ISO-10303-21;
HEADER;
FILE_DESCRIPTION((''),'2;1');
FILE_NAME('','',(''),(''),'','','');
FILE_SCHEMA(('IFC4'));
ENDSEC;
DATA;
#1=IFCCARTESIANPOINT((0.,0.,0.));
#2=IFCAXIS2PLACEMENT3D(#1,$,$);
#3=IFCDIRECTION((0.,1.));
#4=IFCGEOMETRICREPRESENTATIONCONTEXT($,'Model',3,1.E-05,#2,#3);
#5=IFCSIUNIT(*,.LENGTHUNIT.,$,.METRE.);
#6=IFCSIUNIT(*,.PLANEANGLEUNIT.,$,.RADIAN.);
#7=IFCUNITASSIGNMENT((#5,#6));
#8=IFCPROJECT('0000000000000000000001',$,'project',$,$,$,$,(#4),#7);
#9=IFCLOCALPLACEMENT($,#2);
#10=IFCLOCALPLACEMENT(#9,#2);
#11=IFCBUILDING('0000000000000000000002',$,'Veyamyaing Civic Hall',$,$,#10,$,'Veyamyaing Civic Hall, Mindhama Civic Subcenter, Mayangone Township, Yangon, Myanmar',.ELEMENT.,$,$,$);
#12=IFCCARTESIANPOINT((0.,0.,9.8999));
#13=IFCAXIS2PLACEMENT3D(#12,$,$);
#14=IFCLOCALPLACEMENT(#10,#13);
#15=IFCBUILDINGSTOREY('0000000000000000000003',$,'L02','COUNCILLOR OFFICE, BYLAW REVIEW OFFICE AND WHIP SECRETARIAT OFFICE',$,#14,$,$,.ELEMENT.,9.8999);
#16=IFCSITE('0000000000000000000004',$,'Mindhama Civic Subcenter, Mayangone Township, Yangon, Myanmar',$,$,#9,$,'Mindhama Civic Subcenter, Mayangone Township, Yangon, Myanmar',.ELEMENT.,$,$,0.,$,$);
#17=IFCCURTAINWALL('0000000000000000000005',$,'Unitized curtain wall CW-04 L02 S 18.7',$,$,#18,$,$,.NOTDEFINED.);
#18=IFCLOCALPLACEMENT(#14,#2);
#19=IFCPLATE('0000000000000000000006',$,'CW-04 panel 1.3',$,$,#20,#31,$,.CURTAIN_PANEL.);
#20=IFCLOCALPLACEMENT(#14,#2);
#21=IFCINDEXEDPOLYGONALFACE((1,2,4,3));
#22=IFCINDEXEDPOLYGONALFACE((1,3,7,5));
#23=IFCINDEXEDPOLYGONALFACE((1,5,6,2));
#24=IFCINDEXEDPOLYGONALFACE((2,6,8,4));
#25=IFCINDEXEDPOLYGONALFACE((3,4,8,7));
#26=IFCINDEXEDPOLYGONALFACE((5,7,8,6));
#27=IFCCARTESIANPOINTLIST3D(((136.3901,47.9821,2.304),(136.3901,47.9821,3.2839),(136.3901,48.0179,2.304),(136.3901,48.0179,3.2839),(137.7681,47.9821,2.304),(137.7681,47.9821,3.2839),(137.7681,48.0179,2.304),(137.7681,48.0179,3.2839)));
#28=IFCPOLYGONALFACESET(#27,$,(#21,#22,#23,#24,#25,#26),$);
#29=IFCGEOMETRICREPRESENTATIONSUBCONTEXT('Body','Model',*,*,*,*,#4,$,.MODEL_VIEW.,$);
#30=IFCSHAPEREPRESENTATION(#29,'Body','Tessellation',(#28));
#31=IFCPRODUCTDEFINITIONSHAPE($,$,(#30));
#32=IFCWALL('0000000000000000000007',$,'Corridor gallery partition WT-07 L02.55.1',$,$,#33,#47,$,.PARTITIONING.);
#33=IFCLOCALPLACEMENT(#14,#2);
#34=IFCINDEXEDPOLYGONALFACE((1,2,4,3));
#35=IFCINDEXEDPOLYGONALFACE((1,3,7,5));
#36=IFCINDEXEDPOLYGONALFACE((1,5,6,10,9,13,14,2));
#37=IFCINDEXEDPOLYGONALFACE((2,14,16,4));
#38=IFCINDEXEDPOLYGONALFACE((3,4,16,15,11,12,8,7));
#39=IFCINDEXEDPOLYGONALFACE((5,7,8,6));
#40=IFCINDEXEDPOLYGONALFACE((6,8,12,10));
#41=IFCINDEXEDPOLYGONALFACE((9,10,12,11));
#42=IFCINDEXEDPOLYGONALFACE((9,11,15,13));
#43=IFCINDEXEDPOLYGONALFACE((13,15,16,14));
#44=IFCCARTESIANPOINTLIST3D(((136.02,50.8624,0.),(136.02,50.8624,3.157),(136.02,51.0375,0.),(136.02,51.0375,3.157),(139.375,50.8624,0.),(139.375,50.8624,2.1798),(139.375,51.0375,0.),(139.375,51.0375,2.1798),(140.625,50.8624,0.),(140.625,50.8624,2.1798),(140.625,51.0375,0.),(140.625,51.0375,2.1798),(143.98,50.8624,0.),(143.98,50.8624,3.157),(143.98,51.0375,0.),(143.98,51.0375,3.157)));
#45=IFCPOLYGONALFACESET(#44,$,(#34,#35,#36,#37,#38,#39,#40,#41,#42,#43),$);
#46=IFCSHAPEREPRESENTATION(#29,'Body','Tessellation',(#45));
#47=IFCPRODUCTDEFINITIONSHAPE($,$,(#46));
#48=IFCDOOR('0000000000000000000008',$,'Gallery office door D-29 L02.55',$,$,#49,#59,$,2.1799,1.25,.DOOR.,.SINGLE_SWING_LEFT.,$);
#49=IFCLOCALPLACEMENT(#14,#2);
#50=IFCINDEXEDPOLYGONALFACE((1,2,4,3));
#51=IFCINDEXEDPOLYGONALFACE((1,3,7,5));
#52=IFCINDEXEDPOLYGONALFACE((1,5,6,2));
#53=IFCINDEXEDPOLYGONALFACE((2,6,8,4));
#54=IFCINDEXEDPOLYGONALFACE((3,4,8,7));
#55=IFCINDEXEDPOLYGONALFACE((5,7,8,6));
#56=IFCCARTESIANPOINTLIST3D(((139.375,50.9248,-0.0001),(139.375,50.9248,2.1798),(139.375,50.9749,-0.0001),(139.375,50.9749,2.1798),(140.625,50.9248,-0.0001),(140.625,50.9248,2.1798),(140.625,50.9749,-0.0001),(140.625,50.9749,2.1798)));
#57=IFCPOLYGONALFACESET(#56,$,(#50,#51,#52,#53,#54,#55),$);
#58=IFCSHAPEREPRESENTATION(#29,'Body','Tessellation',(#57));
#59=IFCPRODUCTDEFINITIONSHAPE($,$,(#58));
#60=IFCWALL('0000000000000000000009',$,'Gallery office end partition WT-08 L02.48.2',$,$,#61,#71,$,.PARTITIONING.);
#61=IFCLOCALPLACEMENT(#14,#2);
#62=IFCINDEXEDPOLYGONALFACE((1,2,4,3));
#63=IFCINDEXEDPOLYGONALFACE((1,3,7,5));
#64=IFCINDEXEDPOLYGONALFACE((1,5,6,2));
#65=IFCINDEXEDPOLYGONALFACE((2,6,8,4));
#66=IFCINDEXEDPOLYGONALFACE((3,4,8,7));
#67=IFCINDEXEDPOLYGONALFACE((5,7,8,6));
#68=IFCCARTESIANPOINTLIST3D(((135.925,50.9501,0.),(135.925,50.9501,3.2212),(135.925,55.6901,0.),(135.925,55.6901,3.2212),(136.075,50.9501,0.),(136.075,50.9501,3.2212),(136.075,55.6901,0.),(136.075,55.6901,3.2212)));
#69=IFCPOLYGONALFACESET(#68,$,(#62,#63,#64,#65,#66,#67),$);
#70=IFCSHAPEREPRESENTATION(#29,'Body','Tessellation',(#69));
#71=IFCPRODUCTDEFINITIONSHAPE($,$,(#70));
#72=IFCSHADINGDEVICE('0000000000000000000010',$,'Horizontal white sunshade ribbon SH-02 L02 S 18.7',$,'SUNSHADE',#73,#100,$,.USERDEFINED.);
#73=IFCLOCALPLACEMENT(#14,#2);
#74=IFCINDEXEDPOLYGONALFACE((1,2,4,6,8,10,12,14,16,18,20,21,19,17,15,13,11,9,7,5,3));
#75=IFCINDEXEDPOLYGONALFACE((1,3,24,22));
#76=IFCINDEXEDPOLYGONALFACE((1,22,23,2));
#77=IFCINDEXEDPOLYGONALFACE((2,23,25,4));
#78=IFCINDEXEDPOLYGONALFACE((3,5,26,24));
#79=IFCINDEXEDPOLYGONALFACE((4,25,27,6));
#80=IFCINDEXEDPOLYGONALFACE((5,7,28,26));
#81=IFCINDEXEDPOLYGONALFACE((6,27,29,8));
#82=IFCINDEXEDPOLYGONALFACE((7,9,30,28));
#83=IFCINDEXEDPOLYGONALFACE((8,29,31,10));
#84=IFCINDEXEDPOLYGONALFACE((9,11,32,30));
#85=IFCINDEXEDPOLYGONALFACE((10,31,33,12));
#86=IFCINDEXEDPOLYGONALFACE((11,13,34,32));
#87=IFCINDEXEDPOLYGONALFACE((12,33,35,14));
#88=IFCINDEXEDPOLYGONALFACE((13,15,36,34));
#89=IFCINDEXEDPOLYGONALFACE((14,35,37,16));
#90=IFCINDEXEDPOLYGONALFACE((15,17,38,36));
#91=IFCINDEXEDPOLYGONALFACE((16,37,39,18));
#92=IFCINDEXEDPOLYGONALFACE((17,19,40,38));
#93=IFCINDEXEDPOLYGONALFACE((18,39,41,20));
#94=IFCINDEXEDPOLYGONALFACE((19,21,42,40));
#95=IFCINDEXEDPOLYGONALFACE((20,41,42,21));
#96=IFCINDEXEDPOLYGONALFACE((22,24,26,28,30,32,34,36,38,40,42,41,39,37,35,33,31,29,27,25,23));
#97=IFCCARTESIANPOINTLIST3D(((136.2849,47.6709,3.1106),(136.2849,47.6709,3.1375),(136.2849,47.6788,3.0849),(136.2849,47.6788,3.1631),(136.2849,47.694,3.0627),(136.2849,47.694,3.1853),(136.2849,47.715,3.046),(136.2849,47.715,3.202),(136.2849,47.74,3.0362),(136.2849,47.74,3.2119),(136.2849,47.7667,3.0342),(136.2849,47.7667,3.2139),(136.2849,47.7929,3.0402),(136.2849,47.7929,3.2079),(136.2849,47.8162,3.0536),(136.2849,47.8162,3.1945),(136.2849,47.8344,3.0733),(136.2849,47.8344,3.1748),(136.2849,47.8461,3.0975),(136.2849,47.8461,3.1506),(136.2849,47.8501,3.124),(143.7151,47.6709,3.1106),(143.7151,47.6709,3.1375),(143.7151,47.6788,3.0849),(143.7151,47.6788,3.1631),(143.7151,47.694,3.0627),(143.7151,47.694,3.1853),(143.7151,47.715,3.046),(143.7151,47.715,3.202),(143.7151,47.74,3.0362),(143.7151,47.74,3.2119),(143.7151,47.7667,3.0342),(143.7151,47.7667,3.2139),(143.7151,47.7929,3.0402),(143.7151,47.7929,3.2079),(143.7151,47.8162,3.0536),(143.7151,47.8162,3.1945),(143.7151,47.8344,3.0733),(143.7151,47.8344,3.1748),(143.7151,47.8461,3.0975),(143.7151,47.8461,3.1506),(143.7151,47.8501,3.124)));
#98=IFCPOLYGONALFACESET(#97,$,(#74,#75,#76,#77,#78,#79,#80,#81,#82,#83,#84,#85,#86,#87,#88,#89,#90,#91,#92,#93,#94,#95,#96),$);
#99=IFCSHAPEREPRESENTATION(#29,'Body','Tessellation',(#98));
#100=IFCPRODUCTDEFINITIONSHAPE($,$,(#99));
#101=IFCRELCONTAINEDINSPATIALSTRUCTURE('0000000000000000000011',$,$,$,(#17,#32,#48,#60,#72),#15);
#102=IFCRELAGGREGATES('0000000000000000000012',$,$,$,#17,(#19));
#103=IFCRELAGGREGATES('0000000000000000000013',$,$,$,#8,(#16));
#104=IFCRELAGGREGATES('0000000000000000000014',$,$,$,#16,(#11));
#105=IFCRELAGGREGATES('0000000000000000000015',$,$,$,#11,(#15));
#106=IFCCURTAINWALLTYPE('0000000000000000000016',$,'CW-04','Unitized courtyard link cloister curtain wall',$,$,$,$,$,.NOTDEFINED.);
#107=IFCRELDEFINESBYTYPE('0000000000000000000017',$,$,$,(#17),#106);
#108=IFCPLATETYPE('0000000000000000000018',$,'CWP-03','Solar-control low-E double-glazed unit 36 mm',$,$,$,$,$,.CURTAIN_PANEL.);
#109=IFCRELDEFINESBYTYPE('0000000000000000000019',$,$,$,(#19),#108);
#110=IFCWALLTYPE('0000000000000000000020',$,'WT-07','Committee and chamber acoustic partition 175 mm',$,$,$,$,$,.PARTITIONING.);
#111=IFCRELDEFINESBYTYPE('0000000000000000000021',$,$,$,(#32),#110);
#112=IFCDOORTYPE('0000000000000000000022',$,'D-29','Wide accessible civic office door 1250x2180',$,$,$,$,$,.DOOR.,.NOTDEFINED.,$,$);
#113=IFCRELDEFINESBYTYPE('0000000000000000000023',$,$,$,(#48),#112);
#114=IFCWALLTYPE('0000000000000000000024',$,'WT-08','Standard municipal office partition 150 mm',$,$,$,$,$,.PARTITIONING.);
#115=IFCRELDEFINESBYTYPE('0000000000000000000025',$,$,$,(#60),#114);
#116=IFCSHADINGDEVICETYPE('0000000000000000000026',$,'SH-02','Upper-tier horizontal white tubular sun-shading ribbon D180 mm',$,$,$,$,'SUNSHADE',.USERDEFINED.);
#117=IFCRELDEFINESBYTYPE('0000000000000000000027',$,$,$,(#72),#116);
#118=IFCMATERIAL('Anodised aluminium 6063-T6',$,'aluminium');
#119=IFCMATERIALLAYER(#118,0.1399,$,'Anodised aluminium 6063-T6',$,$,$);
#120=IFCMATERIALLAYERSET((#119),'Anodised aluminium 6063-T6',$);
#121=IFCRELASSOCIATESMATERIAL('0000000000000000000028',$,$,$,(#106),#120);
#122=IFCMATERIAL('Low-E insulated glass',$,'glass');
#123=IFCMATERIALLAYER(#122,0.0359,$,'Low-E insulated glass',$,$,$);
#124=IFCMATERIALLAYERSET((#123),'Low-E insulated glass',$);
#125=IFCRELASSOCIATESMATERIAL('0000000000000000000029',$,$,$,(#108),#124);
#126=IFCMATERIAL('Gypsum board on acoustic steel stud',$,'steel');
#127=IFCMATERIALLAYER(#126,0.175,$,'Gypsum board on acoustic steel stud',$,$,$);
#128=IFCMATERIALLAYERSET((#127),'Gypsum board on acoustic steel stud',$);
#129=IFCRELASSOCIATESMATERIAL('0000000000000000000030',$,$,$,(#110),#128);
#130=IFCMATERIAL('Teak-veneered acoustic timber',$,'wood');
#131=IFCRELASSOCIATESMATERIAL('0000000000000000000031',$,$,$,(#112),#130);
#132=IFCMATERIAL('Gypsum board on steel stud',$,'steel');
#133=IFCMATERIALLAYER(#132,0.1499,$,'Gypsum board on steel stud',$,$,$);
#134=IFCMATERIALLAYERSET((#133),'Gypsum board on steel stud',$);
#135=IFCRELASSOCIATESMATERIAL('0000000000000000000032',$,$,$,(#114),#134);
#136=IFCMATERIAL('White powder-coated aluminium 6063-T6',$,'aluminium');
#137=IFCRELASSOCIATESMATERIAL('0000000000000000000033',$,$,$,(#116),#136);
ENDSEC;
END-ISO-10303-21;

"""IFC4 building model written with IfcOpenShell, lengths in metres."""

from ifc_helpers import new_model, si_unit, direction, frame, frame_2d, origin, origin_2d, place, context, subcontext, project, spatial, rectangle, circle, extrude, material, layer, layer_set, material_profile, profile_set, type_object, element, fill, aggregate, save


model = new_model("IFC4")

# Units and contexts
model_context = context("Model", 3, precision=1e-05, world=origin(), true_north=direction((0.0, 1.0)))
body_context = subcontext(model_context, "Body", "Model", "MODEL_VIEW")
ifc_project = project(units=[si_unit("LENGTHUNIT", "METRE"), si_unit("PLANEANGLEUNIT", "RADIAN")], contexts=[model_context])

# Site, building, storey
site_placement = place(None, origin())
site = spatial("IfcSite", under=ifc_project, at=site_placement, Name="Mindhama Civic Subcenter, Mayangone Township, Yangon, Myanmar", LongName="Mindhama Civic Subcenter, Mayangone Township, Yangon, Myanmar", CompositionType="ELEMENT", RefElevation=0.0)
building_placement = place(site_placement, origin())
building = spatial("IfcBuilding", under=site, at=building_placement, Name="Veyamyaing Civic Hall", LongName="Veyamyaing Civic Hall, Mindhama Civic Subcenter, Mayangone Township, Yangon, Myanmar", CompositionType="ELEMENT")
storey_placement = place(building_placement, frame((0.0, 0.0, 9.8999)))
storey = spatial("IfcBuildingStorey", under=building, at=storey_placement, Name="L02", Description="COUNCILLOR OFFICE, BYLAW REVIEW OFFICE AND WHIP SECRETARIAT OFFICE", CompositionType="ELEMENT", Elevation=9.8999)

# Shared definitions
ifc_material_1 = material(Name="Anodised aluminium 6063-T6", Category="aluminium")
ifc_layer_1 = layer(ifc_material_1, 0.1399, Name="Anodised aluminium 6063-T6")
ifc_layer_set_1 = layer_set([ifc_layer_1], Name="Anodised aluminium 6063-T6")
curtain_wall_type = type_object("IfcCurtainWallType", Name="CW-04", Description="Unitized courtyard link cloister curtain wall", PredefinedType="NOTDEFINED", material=ifc_layer_set_1)

# Curtain wall
curtain_wall_1_placement = place(storey_placement, origin())
curtain_wall_1 = element("IfcCurtainWall", 1, at=curtain_wall_1_placement, inside=storey, type_object=curtain_wall_type, Name="Unitized curtain wall CW-04 L02 S 18.7", PredefinedType="NOTDEFINED")

# Plate
ifc_material_2 = material(Name="Low-E insulated glass", Category="glass")
ifc_layer_2 = layer(ifc_material_2, 0.0359, Name="Low-E insulated glass")
ifc_layer_set_2 = layer_set([ifc_layer_2], Name="Low-E insulated glass")
plate_type_1 = type_object("IfcPlateType", Name="CWP-03", Description="Solar-control low-E double-glazed unit 36 mm", PredefinedType="CURTAIN_PANEL", material=ifc_layer_set_2)
plate_1_placement = place(storey_placement, frame((137.0791, 48.0, 2.304), z_axis=(0.0, 0.0, 1.0), x_axis=(1.0, 0.0, 0.0)))
plate_1 = element("IfcPlate", 2, at=plate_1_placement, type_object=plate_type_1, Name="CW-04 panel 1.3", PredefinedType="CURTAIN_PANEL", context=body_context, shape_type="SweptSolid", body=[
    extrude(rectangle(XDim=1.3779, YDim=0.0359, at=origin_2d()), origin(), (0.0, 0.0, 1.0), 0.98),
])
aggregate(curtain_wall_1, [plate_1])

# Wall, opening, door
ifc_material_3 = material(Name="Gypsum board on acoustic steel stud", Category="steel")
ifc_layer_3 = layer(ifc_material_3, 0.175, Name="Gypsum board on acoustic steel stud")
ifc_layer_set_3 = layer_set([ifc_layer_3], Name="Gypsum board on acoustic steel stud")
wall_type_1 = type_object("IfcWallType", Name="WT-07", Description="Committee and chamber acoustic partition 175 mm", PredefinedType="PARTITIONING", material=ifc_layer_set_3)
wall_1_placement = place(storey_placement, frame((136.02, 50.95, 0.0), z_axis=(0.0, 0.0, 1.0), x_axis=(1.0, 0.0, 0.0)))
wall_1 = element("IfcWall", 3, at=wall_1_placement, inside=storey, type_object=wall_type_1, Name="Corridor gallery partition WT-07 L02.55.1", PredefinedType="PARTITIONING", context=body_context, shape_type="SweptSolid", body=[
    extrude(rectangle(XDim=7.96, YDim=0.175, at=frame_2d((3.98, 0.0))), origin(), (0.0, 0.0, 1.0), 3.157),
])
opening_placement = place(wall_1_placement, frame((3.355, 0.0, 0.0)))
opening = element("IfcOpeningElement", 4, at=opening_placement, cuts=wall_1, PredefinedType="OPENING", context=body_context, shape_type="SweptSolid", body=[
    extrude(rectangle(XDim=1.25, YDim=2.1799, at=frame_2d((0.625, 1.0898))), frame((0.0, 0.0974, 0.0), z_axis=(0.0, -1.0, 0.0), x_axis=(1.0, 0.0, 0.0)), (0.0, 0.0, 1.0), 0.1951),
])
ifc_material_4 = material(Name="Teak-veneered acoustic timber", Category="wood")
door_type = type_object("IfcDoorType", Name="D-29", Description="Wide accessible civic office door 1250x2180", OperationType="NOTDEFINED", PredefinedType="DOOR", material=ifc_material_4)
door_placement = place(opening_placement, origin())
door = element("IfcDoor", 5, at=door_placement, inside=storey, type_object=door_type, Name="Gallery office door D-29 L02.55", OperationType="SINGLE_SWING_LEFT", OverallHeight=2.1799, OverallWidth=1.25, PredefinedType="DOOR", context=body_context, shape_type="SweptSolid", body=[
    extrude(rectangle(XDim=1.25, YDim=2.1799, at=frame_2d((0.625, 1.0898))), frame((0.0, 0.0249, 0.0), z_axis=(0.0, -1.0, 0.0), x_axis=(1.0, 0.0, 0.0)), (0.0, 0.0, 1.0), 0.05),
])
fill(opening, door)

# Wall
ifc_material_5 = material(Name="Gypsum board on steel stud", Category="steel")
ifc_layer_4 = layer(ifc_material_5, 0.1499, Name="Gypsum board on steel stud")
ifc_layer_set_4 = layer_set([ifc_layer_4], Name="Gypsum board on steel stud")
wall_type_2 = type_object("IfcWallType", Name="WT-08", Description="Standard municipal office partition 150 mm", PredefinedType="PARTITIONING", material=ifc_layer_set_4)
wall_2_placement = place(storey_placement, frame((136.0, 50.95, 0.0), z_axis=(0.0, 0.0, 1.0), x_axis=(0.0, 1.0, 0.0)))
element("IfcWall", 6, at=wall_2_placement, inside=storey, type_object=wall_type_2, Name="Gallery office end partition WT-08 L02.48.2", PredefinedType="PARTITIONING", context=body_context, shape_type="SweptSolid", body=[
    extrude(rectangle(XDim=4.74, YDim=0.1499, at=frame_2d((2.3701, 0.0))), origin(), (0.0, 0.0, 1.0), 3.2212),
])

# Shading device
ifc_material_6 = material(Name="White powder-coated aluminium 6063-T6", Category="aluminium")
ifc_material_profile_1 = material_profile(ifc_material_6, circle(Radius=0.0901, at=origin_2d()), Name="SHADE-TUBE-180")
ifc_profile_set_1 = profile_set([ifc_material_profile_1], Name="White powder-coated aluminium 6063-T6")
shading_device_type = type_object("IfcShadingDeviceType", Name="SH-02", Description="Upper-tier horizontal white tubular sun-shading ribbon D180 mm", ElementType="SUNSHADE", PredefinedType="USERDEFINED", material=ifc_profile_set_1)
shading_device_placement = place(storey_placement, frame((136.2849, 47.76, 3.124), z_axis=(1.0, 0.0, 0.0), x_axis=(0.0, 1.0, 0.0)))
element("IfcShadingDevice", 7, at=shading_device_placement, inside=storey, type_object=shading_device_type, Name="Horizontal white sunshade ribbon SH-02 L02 S 18.7", ObjectType="SUNSHADE", PredefinedType="USERDEFINED", context=body_context, shape_type="SweptSolid", body=[
    extrude(circle(Radius=0.0901, at=origin_2d()), origin(), (0.0, 0.0, 1.0), 7.4302),
])

save(model, "model.ifc")
